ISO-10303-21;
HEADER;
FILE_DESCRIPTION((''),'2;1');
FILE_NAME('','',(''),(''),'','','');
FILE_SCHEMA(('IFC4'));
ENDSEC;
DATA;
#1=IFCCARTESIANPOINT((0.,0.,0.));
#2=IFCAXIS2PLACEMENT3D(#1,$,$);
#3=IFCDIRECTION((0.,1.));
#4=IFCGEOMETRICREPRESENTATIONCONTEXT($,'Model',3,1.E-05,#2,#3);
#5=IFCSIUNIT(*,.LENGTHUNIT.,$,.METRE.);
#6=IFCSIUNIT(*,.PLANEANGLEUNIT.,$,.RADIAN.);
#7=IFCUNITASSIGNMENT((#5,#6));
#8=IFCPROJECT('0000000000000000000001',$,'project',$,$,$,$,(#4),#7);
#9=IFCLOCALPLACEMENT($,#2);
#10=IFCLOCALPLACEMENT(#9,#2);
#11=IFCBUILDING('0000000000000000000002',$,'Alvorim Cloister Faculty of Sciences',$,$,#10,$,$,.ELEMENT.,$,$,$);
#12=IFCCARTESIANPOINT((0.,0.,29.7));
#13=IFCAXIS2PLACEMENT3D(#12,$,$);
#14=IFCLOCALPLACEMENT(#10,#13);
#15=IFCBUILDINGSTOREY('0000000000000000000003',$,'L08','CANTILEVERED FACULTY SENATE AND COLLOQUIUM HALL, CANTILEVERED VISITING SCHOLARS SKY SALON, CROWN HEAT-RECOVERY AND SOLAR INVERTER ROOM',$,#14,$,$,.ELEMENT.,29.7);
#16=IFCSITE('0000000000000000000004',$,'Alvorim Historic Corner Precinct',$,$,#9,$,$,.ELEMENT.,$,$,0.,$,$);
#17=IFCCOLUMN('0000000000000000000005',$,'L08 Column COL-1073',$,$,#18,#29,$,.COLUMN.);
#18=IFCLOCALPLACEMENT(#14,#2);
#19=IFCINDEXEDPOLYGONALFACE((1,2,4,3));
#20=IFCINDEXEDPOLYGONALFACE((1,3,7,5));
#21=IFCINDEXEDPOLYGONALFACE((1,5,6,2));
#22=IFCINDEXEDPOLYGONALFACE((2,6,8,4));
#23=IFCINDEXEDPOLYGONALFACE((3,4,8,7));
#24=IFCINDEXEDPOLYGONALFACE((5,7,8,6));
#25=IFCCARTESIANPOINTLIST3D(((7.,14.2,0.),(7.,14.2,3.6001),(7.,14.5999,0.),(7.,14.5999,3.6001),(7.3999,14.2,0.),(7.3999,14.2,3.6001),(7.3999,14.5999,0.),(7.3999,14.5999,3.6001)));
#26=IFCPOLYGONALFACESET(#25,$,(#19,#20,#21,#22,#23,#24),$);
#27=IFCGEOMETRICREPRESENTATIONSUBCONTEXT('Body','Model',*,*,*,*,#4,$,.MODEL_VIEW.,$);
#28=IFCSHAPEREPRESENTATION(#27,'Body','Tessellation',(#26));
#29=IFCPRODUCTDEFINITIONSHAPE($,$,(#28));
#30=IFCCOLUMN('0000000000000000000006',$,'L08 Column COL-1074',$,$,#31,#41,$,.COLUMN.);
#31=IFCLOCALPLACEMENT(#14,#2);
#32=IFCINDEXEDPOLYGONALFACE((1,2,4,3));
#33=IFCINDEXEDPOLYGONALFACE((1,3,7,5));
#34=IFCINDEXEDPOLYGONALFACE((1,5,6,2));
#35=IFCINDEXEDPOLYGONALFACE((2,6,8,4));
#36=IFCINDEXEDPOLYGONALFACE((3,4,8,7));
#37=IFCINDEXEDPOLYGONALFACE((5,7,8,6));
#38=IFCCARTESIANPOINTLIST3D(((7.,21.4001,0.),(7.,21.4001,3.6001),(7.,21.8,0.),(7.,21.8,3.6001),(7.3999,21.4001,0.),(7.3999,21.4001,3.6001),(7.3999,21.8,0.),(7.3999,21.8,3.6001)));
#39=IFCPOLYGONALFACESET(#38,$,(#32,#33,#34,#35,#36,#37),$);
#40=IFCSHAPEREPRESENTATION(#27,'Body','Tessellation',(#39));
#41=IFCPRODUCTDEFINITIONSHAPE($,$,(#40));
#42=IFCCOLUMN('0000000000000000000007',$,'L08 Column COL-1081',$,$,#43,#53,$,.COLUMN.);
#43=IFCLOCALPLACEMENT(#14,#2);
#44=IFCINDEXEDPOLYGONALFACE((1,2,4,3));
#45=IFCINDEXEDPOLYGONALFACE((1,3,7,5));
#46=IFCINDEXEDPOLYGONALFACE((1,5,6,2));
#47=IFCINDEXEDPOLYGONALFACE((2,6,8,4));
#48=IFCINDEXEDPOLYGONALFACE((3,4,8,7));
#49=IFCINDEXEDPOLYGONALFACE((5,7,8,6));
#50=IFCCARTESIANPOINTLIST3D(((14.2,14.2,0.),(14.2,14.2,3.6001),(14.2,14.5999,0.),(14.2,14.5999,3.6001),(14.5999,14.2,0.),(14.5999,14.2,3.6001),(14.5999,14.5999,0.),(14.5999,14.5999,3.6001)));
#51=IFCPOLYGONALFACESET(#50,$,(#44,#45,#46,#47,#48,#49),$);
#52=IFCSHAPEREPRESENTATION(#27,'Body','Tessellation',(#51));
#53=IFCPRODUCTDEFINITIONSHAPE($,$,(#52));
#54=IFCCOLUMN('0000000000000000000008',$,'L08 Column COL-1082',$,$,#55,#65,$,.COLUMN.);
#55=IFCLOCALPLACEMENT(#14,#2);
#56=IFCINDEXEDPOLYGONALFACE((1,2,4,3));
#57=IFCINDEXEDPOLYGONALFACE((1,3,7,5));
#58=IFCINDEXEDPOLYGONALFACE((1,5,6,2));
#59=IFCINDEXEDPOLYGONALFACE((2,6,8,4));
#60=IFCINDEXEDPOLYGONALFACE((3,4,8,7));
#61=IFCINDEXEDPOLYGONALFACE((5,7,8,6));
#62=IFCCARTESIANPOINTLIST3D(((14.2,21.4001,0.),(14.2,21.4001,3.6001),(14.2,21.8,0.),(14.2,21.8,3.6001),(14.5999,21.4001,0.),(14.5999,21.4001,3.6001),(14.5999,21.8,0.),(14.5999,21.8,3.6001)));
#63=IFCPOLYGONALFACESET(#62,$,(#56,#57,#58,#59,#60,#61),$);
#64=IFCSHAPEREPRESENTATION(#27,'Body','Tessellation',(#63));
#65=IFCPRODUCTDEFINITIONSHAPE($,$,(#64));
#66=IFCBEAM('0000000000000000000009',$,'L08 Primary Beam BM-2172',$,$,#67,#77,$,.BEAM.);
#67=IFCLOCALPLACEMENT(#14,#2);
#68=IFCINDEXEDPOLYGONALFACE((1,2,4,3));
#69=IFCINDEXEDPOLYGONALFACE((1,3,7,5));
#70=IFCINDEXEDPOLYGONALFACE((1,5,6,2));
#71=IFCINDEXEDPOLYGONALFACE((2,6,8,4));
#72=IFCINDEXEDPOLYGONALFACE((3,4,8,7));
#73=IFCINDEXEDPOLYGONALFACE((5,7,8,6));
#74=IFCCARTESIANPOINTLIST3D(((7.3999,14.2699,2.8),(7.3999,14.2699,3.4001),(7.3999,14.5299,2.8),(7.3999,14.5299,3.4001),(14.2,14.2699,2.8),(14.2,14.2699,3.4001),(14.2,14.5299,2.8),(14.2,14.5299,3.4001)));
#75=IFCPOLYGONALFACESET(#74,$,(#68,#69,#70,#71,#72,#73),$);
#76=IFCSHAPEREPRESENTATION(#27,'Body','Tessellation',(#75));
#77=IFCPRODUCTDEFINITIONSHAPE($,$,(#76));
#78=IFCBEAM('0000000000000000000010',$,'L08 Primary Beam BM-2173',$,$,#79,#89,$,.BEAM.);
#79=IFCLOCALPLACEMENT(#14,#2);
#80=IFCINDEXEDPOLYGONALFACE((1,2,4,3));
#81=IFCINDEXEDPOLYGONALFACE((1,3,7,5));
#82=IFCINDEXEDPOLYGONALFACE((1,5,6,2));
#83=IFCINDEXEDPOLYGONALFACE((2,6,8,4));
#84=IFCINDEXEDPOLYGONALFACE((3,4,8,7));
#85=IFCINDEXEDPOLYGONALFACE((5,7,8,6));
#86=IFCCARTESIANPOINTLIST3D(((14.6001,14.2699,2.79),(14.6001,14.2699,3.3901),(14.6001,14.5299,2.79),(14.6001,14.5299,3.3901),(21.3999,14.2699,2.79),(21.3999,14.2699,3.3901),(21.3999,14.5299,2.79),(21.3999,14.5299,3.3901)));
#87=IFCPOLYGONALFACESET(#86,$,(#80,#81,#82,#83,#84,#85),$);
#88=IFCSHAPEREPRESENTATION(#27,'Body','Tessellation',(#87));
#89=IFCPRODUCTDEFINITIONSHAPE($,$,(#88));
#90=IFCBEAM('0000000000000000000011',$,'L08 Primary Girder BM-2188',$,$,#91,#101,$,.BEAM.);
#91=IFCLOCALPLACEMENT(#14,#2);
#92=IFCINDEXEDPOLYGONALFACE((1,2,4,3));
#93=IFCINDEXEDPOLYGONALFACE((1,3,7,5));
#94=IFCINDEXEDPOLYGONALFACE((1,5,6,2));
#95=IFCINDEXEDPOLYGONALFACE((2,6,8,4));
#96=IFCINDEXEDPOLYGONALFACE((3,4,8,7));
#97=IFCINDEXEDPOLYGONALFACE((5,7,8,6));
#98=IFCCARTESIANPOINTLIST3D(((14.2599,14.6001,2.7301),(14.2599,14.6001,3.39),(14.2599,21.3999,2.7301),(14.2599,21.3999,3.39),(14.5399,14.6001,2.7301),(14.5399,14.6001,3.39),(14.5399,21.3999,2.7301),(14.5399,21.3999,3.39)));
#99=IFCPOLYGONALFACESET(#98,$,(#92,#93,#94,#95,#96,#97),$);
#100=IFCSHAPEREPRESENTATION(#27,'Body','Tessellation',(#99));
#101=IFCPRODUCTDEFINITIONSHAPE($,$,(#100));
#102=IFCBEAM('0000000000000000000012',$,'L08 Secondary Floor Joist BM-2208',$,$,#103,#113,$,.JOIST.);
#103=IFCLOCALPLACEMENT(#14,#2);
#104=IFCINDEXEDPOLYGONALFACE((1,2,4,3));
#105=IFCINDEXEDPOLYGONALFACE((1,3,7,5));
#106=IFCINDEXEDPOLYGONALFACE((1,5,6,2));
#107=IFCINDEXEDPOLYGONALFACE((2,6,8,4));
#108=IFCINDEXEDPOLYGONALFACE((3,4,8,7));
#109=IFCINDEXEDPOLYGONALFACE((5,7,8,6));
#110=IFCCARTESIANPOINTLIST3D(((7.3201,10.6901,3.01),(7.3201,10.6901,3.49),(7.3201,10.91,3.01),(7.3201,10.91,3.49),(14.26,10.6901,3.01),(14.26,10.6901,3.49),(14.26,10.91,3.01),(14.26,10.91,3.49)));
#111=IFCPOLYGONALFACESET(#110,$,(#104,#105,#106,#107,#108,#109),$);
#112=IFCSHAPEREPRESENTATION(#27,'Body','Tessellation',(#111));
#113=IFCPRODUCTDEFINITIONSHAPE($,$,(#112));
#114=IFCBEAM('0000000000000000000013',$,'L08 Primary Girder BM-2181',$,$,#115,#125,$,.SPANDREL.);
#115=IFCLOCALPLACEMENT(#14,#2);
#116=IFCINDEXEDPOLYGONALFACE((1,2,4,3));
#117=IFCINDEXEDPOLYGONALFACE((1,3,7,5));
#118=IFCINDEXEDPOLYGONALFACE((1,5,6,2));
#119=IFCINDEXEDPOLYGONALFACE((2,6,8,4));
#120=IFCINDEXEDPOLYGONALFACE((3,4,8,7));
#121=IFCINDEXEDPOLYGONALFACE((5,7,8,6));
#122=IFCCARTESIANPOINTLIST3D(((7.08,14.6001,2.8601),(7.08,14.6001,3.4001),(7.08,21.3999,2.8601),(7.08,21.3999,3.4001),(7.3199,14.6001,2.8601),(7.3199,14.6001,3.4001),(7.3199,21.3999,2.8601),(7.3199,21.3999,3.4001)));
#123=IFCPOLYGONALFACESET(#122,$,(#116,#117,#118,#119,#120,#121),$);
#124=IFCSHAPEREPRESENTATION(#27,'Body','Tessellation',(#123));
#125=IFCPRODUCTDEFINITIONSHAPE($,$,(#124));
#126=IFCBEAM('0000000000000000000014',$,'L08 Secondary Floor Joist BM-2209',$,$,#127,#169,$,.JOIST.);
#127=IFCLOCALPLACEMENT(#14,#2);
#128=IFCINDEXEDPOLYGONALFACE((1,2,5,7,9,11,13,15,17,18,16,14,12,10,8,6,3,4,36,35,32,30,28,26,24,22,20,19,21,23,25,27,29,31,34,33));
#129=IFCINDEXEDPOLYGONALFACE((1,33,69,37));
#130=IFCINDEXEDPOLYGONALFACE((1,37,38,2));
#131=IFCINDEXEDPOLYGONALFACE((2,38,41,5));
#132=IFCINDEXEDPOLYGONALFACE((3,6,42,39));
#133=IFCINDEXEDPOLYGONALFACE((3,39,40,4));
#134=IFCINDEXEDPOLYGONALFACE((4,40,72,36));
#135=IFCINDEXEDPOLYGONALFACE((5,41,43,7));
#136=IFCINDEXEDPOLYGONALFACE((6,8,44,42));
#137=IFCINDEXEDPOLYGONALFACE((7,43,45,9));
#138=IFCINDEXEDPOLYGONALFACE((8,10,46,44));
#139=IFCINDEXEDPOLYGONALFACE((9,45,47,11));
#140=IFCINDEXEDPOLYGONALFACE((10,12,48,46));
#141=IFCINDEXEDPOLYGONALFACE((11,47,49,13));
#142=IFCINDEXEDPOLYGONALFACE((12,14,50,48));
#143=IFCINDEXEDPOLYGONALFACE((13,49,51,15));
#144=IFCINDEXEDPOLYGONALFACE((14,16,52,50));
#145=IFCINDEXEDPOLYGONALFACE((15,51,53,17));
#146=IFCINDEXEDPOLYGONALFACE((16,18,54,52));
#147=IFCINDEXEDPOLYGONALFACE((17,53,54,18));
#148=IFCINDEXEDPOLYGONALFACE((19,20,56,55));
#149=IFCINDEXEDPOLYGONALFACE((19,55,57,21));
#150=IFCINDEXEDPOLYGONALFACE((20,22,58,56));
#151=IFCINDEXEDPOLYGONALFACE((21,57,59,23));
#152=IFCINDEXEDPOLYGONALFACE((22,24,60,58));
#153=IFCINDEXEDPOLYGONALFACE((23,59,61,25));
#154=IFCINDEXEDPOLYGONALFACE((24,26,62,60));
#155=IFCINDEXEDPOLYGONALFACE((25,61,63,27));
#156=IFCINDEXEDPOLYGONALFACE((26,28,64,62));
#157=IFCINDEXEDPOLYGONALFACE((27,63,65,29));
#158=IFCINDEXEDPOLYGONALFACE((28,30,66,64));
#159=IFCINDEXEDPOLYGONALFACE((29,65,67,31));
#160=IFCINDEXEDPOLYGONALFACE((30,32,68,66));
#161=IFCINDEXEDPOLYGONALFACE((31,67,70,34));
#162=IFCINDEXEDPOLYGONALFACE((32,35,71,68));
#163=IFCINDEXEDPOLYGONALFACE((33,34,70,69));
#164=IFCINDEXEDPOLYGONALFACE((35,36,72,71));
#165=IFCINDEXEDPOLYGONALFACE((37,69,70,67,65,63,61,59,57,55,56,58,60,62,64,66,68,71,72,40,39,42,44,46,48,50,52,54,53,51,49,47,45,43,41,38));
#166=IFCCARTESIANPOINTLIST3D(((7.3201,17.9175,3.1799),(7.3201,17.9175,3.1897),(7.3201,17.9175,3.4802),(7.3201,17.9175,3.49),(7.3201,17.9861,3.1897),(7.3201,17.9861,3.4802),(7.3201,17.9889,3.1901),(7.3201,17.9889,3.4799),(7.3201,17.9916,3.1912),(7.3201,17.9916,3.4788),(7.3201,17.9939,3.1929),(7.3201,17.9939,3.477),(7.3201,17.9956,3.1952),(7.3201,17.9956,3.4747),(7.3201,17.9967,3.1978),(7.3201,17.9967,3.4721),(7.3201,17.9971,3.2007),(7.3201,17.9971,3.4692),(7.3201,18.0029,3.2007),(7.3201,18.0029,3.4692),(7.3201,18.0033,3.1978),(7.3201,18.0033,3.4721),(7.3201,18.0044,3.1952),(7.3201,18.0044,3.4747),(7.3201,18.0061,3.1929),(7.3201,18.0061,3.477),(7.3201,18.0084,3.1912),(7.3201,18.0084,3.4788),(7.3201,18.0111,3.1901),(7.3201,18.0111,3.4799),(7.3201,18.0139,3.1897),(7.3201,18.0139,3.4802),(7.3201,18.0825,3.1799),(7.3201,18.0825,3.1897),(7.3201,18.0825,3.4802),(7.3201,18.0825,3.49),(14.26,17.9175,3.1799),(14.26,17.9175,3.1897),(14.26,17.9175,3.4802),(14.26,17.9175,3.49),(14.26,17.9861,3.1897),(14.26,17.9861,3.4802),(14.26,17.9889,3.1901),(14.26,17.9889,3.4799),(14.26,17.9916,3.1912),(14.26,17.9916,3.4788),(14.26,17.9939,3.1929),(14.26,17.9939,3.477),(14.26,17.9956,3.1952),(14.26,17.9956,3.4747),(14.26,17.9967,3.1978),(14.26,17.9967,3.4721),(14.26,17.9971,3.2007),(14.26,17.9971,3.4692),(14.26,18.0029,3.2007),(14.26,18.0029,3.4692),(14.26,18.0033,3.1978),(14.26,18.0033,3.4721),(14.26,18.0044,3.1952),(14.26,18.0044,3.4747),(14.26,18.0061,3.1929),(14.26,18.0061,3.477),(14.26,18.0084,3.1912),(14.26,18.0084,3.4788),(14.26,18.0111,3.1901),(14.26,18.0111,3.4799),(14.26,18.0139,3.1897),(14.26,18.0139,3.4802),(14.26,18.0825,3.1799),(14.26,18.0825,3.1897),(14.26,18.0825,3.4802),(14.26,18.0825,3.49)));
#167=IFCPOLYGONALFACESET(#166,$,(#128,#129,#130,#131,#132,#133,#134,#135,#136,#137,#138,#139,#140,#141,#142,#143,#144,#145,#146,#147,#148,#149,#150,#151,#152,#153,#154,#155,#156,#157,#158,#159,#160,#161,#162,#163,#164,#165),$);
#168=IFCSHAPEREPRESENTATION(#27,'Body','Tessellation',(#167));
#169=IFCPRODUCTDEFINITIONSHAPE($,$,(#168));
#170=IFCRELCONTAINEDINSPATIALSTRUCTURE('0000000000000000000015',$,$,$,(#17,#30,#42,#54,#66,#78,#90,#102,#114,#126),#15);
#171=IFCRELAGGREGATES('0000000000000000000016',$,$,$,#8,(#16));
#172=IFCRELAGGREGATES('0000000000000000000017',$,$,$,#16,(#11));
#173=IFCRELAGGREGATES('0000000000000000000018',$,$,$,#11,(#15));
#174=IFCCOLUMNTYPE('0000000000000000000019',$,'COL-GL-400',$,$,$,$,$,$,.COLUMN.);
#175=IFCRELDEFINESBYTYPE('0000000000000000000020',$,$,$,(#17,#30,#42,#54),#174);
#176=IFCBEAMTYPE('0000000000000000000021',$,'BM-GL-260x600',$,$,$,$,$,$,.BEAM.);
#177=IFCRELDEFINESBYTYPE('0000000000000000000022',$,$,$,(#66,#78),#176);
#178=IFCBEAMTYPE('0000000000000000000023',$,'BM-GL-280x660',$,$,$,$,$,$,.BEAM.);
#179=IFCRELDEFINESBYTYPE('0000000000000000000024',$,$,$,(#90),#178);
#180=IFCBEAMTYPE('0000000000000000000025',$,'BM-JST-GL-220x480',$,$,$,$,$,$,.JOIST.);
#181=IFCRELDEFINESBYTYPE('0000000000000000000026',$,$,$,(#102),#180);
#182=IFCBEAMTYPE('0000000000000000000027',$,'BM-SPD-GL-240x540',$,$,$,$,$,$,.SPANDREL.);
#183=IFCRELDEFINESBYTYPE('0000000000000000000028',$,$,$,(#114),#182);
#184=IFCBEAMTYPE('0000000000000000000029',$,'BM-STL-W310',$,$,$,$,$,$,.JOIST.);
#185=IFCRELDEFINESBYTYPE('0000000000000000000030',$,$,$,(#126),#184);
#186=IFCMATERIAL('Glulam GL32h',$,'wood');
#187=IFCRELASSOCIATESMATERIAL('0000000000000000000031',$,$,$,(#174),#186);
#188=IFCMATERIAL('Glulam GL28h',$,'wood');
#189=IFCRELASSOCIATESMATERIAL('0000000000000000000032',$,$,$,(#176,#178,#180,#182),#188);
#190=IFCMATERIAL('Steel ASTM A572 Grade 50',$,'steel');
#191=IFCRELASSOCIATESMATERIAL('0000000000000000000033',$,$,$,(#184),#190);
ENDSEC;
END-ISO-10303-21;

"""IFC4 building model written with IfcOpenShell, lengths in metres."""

from ifc_helpers import new_model, si_unit, direction, frame, origin, origin_2d, place, context, subcontext, project, spatial, rectangle, i_section, extrude, material, material_profile, profile_set, type_object, element, save


model = new_model("IFC4")

# Units and contexts
model_context = context("Model", 3, precision=1e-05, world=origin(), true_north=direction((0.0, 1.0)))
body_context = subcontext(model_context, "Body", "Model", "MODEL_VIEW")
ifc_project = project(units=[si_unit("LENGTHUNIT", "METRE"), si_unit("PLANEANGLEUNIT", "RADIAN")], contexts=[model_context])

# Site, building, storey
site_placement = place(None, origin())
site = spatial("IfcSite", under=ifc_project, at=site_placement, Name="Alvorim Historic Corner Precinct", CompositionType="ELEMENT", RefElevation=0.0)
building_placement = place(site_placement, origin())
building = spatial("IfcBuilding", under=site, at=building_placement, Name="Alvorim Cloister Faculty of Sciences", CompositionType="ELEMENT")
storey_placement = place(building_placement, frame((0.0, 0.0, 29.7)))
storey = spatial("IfcBuildingStorey", under=building, at=storey_placement, Name="L08", Description="CANTILEVERED FACULTY SENATE AND COLLOQUIUM HALL, CANTILEVERED VISITING SCHOLARS SKY SALON, CROWN HEAT-RECOVERY AND SOLAR INVERTER ROOM", CompositionType="ELEMENT", Elevation=29.7)

# Columns
ifc_material_1 = material(Name="Glulam GL32h", Category="wood")
ifc_material_profile_1 = material_profile(ifc_material_1, rectangle(XDim=0.3999, YDim=0.3999, at=origin_2d()), Name="GL32-COL-400x400")
ifc_profile_set_1 = profile_set([ifc_material_profile_1], Name="Glulam GL32h")
column_type = type_object("IfcColumnType", Name="COL-GL-400", PredefinedType="COLUMN", material=ifc_profile_set_1)
for number, where, z_axis, x_axis, name in (
    (1, (7.2, 14.3999, 0.0), (0.0, 0.0, 1.0), (1.0, 0.0, 0.0), "L08 Column COL-1073"),
    (2, (7.2, 21.6001, 0.0), (0.0, 0.0, 1.0), (1.0, 0.0, 0.0), "L08 Column COL-1074"),
    (3, (14.3999, 14.3999, 0.0), (0.0, 0.0, 1.0), (1.0, 0.0, 0.0), "L08 Column COL-1081"),
    (4, (14.3999, 21.6001, 0.0), (0.0, 0.0, 1.0), (1.0, 0.0, 0.0), "L08 Column COL-1082"),
):
    element("IfcColumn", number, at=place(storey_placement, frame(where, z_axis=z_axis, x_axis=x_axis)), inside=storey, type_object=column_type, Name=name, PredefinedType="COLUMN", context=body_context, shape_type="SweptSolid", body=[
        extrude(rectangle(XDim=0.3999, YDim=0.3999, at=origin_2d()), origin(), (0.0, 0.0, 1.0), 3.6001),
    ])

# Beams
ifc_material_2 = material(Name="Glulam GL28h", Category="wood")
ifc_material_profile_2 = material_profile(ifc_material_2, rectangle(XDim=0.26, YDim=0.6001, at=origin_2d()), Name="GL28-BM-260x600")
ifc_profile_set_2 = profile_set([ifc_material_profile_2], Name="Glulam GL28h")
beam_type_1 = type_object("IfcBeamType", Name="BM-GL-260x600", PredefinedType="BEAM", material=ifc_profile_set_2)
beam_1_placement = place(storey_placement, frame((7.3999, 14.3999, 3.1001), z_axis=(1.0, 0.0, 0.0), x_axis=(0.0, 1.0, 0.0)))
element("IfcBeam", 5, at=beam_1_placement, inside=storey, type_object=beam_type_1, Name="L08 Primary Beam BM-2172", PredefinedType="BEAM", context=body_context, shape_type="SweptSolid", body=[
    extrude(rectangle(XDim=0.26, YDim=0.6001, at=origin_2d()), origin(), (0.0, 0.0, 1.0), 6.8),
])
beam_2_placement = place(storey_placement, frame((14.6001, 14.3999, 3.0901), z_axis=(1.0, 0.0, 0.0), x_axis=(0.0, 1.0, 0.0)))
element("IfcBeam", 6, at=beam_2_placement, inside=storey, type_object=beam_type_1, Name="L08 Primary Beam BM-2173", PredefinedType="BEAM", context=body_context, shape_type="SweptSolid", body=[
    extrude(rectangle(XDim=0.26, YDim=0.6001, at=origin_2d()), origin(), (0.0, 0.0, 1.0), 6.7998),
])
ifc_material_profile_3 = material_profile(ifc_material_2, rectangle(XDim=0.28, YDim=0.6599, at=origin_2d()), Name="GL28-BM-280x660")
ifc_profile_set_3 = profile_set([ifc_material_profile_3], Name="Glulam GL28h")
beam_type_2 = type_object("IfcBeamType", Name="BM-GL-280x660", PredefinedType="BEAM", material=ifc_profile_set_3)
beam_3_placement = place(storey_placement, frame((14.3999, 14.6001, 3.0601), z_axis=(0.0, 1.0, 0.0), x_axis=(-1.0, 0.0, 0.0)))
element("IfcBeam", 7, at=beam_3_placement, inside=storey, type_object=beam_type_2, Name="L08 Primary Girder BM-2188", PredefinedType="BEAM", context=body_context, shape_type="SweptSolid", body=[
    extrude(rectangle(XDim=0.28, YDim=0.6599, at=origin_2d()), origin(), (0.0, 0.0, 1.0), 6.7998),
])
ifc_material_profile_4 = material_profile(ifc_material_2, rectangle(XDim=0.22, YDim=0.48, at=origin_2d()), Name="GL28-JST-220x480")
ifc_profile_set_4 = profile_set([ifc_material_profile_4], Name="Glulam GL28h")
beam_type_3 = type_object("IfcBeamType", Name="BM-JST-GL-220x480", PredefinedType="JOIST", material=ifc_profile_set_4)
beam_4_placement = place(storey_placement, frame((7.3201, 10.8, 3.25), z_axis=(1.0, 0.0, 0.0), x_axis=(0.0, 1.0, 0.0)))
element("IfcBeam", 8, at=beam_4_placement, inside=storey, type_object=beam_type_3, Name="L08 Secondary Floor Joist BM-2208", PredefinedType="JOIST", context=body_context, shape_type="SweptSolid", body=[
    extrude(rectangle(XDim=0.22, YDim=0.48, at=origin_2d()), origin(), (0.0, 0.0, 1.0), 6.9399),
])
ifc_material_profile_5 = material_profile(ifc_material_2, rectangle(XDim=0.24, YDim=0.54, at=origin_2d()), Name="GL28-SPD-240x540")
ifc_profile_set_5 = profile_set([ifc_material_profile_5], Name="Glulam GL28h")
beam_type_4 = type_object("IfcBeamType", Name="BM-SPD-GL-240x540", PredefinedType="SPANDREL", material=ifc_profile_set_5)
beam_5_placement = place(storey_placement, frame((7.2, 14.6001, 3.1301), z_axis=(0.0, 1.0, 0.0), x_axis=(-1.0, 0.0, 0.0)))
element("IfcBeam", 9, at=beam_5_placement, inside=storey, type_object=beam_type_4, Name="L08 Primary Girder BM-2181", PredefinedType="SPANDREL", context=body_context, shape_type="SweptSolid", body=[
    extrude(rectangle(XDim=0.24, YDim=0.54, at=origin_2d()), origin(), (0.0, 0.0, 1.0), 6.7998),
])
ifc_material_3 = material(Name="Steel ASTM A572 Grade 50", Category="steel")
ifc_material_profile_6 = material_profile(ifc_material_3, i_section(OverallWidth=0.165, OverallDepth=0.3101, WebThickness=0.0059, FlangeThickness=0.0098, FilletRadius=0.011, at=origin_2d()), Name="W310x38.7")
ifc_profile_set_6 = profile_set([ifc_material_profile_6], Name="Steel ASTM A572 Grade 50")
beam_type_5 = type_object("IfcBeamType", Name="BM-STL-W310", PredefinedType="JOIST", material=ifc_profile_set_6)
beam_6_placement = place(storey_placement, frame((7.3201, 18.0, 3.335), z_axis=(1.0, 0.0, 0.0), x_axis=(0.0, 1.0, 0.0)))
element("IfcBeam", 10, at=beam_6_placement, inside=storey, type_object=beam_type_5, Name="L08 Secondary Floor Joist BM-2209", PredefinedType="JOIST", context=body_context, shape_type="SweptSolid", body=[
    extrude(i_section(OverallWidth=0.165, OverallDepth=0.3101, WebThickness=0.0059, FlangeThickness=0.0098, FilletRadius=0.011, at=origin_2d()), origin(), (0.0, 0.0, 1.0), 6.9399),
])

save(model, "model.ifc")
